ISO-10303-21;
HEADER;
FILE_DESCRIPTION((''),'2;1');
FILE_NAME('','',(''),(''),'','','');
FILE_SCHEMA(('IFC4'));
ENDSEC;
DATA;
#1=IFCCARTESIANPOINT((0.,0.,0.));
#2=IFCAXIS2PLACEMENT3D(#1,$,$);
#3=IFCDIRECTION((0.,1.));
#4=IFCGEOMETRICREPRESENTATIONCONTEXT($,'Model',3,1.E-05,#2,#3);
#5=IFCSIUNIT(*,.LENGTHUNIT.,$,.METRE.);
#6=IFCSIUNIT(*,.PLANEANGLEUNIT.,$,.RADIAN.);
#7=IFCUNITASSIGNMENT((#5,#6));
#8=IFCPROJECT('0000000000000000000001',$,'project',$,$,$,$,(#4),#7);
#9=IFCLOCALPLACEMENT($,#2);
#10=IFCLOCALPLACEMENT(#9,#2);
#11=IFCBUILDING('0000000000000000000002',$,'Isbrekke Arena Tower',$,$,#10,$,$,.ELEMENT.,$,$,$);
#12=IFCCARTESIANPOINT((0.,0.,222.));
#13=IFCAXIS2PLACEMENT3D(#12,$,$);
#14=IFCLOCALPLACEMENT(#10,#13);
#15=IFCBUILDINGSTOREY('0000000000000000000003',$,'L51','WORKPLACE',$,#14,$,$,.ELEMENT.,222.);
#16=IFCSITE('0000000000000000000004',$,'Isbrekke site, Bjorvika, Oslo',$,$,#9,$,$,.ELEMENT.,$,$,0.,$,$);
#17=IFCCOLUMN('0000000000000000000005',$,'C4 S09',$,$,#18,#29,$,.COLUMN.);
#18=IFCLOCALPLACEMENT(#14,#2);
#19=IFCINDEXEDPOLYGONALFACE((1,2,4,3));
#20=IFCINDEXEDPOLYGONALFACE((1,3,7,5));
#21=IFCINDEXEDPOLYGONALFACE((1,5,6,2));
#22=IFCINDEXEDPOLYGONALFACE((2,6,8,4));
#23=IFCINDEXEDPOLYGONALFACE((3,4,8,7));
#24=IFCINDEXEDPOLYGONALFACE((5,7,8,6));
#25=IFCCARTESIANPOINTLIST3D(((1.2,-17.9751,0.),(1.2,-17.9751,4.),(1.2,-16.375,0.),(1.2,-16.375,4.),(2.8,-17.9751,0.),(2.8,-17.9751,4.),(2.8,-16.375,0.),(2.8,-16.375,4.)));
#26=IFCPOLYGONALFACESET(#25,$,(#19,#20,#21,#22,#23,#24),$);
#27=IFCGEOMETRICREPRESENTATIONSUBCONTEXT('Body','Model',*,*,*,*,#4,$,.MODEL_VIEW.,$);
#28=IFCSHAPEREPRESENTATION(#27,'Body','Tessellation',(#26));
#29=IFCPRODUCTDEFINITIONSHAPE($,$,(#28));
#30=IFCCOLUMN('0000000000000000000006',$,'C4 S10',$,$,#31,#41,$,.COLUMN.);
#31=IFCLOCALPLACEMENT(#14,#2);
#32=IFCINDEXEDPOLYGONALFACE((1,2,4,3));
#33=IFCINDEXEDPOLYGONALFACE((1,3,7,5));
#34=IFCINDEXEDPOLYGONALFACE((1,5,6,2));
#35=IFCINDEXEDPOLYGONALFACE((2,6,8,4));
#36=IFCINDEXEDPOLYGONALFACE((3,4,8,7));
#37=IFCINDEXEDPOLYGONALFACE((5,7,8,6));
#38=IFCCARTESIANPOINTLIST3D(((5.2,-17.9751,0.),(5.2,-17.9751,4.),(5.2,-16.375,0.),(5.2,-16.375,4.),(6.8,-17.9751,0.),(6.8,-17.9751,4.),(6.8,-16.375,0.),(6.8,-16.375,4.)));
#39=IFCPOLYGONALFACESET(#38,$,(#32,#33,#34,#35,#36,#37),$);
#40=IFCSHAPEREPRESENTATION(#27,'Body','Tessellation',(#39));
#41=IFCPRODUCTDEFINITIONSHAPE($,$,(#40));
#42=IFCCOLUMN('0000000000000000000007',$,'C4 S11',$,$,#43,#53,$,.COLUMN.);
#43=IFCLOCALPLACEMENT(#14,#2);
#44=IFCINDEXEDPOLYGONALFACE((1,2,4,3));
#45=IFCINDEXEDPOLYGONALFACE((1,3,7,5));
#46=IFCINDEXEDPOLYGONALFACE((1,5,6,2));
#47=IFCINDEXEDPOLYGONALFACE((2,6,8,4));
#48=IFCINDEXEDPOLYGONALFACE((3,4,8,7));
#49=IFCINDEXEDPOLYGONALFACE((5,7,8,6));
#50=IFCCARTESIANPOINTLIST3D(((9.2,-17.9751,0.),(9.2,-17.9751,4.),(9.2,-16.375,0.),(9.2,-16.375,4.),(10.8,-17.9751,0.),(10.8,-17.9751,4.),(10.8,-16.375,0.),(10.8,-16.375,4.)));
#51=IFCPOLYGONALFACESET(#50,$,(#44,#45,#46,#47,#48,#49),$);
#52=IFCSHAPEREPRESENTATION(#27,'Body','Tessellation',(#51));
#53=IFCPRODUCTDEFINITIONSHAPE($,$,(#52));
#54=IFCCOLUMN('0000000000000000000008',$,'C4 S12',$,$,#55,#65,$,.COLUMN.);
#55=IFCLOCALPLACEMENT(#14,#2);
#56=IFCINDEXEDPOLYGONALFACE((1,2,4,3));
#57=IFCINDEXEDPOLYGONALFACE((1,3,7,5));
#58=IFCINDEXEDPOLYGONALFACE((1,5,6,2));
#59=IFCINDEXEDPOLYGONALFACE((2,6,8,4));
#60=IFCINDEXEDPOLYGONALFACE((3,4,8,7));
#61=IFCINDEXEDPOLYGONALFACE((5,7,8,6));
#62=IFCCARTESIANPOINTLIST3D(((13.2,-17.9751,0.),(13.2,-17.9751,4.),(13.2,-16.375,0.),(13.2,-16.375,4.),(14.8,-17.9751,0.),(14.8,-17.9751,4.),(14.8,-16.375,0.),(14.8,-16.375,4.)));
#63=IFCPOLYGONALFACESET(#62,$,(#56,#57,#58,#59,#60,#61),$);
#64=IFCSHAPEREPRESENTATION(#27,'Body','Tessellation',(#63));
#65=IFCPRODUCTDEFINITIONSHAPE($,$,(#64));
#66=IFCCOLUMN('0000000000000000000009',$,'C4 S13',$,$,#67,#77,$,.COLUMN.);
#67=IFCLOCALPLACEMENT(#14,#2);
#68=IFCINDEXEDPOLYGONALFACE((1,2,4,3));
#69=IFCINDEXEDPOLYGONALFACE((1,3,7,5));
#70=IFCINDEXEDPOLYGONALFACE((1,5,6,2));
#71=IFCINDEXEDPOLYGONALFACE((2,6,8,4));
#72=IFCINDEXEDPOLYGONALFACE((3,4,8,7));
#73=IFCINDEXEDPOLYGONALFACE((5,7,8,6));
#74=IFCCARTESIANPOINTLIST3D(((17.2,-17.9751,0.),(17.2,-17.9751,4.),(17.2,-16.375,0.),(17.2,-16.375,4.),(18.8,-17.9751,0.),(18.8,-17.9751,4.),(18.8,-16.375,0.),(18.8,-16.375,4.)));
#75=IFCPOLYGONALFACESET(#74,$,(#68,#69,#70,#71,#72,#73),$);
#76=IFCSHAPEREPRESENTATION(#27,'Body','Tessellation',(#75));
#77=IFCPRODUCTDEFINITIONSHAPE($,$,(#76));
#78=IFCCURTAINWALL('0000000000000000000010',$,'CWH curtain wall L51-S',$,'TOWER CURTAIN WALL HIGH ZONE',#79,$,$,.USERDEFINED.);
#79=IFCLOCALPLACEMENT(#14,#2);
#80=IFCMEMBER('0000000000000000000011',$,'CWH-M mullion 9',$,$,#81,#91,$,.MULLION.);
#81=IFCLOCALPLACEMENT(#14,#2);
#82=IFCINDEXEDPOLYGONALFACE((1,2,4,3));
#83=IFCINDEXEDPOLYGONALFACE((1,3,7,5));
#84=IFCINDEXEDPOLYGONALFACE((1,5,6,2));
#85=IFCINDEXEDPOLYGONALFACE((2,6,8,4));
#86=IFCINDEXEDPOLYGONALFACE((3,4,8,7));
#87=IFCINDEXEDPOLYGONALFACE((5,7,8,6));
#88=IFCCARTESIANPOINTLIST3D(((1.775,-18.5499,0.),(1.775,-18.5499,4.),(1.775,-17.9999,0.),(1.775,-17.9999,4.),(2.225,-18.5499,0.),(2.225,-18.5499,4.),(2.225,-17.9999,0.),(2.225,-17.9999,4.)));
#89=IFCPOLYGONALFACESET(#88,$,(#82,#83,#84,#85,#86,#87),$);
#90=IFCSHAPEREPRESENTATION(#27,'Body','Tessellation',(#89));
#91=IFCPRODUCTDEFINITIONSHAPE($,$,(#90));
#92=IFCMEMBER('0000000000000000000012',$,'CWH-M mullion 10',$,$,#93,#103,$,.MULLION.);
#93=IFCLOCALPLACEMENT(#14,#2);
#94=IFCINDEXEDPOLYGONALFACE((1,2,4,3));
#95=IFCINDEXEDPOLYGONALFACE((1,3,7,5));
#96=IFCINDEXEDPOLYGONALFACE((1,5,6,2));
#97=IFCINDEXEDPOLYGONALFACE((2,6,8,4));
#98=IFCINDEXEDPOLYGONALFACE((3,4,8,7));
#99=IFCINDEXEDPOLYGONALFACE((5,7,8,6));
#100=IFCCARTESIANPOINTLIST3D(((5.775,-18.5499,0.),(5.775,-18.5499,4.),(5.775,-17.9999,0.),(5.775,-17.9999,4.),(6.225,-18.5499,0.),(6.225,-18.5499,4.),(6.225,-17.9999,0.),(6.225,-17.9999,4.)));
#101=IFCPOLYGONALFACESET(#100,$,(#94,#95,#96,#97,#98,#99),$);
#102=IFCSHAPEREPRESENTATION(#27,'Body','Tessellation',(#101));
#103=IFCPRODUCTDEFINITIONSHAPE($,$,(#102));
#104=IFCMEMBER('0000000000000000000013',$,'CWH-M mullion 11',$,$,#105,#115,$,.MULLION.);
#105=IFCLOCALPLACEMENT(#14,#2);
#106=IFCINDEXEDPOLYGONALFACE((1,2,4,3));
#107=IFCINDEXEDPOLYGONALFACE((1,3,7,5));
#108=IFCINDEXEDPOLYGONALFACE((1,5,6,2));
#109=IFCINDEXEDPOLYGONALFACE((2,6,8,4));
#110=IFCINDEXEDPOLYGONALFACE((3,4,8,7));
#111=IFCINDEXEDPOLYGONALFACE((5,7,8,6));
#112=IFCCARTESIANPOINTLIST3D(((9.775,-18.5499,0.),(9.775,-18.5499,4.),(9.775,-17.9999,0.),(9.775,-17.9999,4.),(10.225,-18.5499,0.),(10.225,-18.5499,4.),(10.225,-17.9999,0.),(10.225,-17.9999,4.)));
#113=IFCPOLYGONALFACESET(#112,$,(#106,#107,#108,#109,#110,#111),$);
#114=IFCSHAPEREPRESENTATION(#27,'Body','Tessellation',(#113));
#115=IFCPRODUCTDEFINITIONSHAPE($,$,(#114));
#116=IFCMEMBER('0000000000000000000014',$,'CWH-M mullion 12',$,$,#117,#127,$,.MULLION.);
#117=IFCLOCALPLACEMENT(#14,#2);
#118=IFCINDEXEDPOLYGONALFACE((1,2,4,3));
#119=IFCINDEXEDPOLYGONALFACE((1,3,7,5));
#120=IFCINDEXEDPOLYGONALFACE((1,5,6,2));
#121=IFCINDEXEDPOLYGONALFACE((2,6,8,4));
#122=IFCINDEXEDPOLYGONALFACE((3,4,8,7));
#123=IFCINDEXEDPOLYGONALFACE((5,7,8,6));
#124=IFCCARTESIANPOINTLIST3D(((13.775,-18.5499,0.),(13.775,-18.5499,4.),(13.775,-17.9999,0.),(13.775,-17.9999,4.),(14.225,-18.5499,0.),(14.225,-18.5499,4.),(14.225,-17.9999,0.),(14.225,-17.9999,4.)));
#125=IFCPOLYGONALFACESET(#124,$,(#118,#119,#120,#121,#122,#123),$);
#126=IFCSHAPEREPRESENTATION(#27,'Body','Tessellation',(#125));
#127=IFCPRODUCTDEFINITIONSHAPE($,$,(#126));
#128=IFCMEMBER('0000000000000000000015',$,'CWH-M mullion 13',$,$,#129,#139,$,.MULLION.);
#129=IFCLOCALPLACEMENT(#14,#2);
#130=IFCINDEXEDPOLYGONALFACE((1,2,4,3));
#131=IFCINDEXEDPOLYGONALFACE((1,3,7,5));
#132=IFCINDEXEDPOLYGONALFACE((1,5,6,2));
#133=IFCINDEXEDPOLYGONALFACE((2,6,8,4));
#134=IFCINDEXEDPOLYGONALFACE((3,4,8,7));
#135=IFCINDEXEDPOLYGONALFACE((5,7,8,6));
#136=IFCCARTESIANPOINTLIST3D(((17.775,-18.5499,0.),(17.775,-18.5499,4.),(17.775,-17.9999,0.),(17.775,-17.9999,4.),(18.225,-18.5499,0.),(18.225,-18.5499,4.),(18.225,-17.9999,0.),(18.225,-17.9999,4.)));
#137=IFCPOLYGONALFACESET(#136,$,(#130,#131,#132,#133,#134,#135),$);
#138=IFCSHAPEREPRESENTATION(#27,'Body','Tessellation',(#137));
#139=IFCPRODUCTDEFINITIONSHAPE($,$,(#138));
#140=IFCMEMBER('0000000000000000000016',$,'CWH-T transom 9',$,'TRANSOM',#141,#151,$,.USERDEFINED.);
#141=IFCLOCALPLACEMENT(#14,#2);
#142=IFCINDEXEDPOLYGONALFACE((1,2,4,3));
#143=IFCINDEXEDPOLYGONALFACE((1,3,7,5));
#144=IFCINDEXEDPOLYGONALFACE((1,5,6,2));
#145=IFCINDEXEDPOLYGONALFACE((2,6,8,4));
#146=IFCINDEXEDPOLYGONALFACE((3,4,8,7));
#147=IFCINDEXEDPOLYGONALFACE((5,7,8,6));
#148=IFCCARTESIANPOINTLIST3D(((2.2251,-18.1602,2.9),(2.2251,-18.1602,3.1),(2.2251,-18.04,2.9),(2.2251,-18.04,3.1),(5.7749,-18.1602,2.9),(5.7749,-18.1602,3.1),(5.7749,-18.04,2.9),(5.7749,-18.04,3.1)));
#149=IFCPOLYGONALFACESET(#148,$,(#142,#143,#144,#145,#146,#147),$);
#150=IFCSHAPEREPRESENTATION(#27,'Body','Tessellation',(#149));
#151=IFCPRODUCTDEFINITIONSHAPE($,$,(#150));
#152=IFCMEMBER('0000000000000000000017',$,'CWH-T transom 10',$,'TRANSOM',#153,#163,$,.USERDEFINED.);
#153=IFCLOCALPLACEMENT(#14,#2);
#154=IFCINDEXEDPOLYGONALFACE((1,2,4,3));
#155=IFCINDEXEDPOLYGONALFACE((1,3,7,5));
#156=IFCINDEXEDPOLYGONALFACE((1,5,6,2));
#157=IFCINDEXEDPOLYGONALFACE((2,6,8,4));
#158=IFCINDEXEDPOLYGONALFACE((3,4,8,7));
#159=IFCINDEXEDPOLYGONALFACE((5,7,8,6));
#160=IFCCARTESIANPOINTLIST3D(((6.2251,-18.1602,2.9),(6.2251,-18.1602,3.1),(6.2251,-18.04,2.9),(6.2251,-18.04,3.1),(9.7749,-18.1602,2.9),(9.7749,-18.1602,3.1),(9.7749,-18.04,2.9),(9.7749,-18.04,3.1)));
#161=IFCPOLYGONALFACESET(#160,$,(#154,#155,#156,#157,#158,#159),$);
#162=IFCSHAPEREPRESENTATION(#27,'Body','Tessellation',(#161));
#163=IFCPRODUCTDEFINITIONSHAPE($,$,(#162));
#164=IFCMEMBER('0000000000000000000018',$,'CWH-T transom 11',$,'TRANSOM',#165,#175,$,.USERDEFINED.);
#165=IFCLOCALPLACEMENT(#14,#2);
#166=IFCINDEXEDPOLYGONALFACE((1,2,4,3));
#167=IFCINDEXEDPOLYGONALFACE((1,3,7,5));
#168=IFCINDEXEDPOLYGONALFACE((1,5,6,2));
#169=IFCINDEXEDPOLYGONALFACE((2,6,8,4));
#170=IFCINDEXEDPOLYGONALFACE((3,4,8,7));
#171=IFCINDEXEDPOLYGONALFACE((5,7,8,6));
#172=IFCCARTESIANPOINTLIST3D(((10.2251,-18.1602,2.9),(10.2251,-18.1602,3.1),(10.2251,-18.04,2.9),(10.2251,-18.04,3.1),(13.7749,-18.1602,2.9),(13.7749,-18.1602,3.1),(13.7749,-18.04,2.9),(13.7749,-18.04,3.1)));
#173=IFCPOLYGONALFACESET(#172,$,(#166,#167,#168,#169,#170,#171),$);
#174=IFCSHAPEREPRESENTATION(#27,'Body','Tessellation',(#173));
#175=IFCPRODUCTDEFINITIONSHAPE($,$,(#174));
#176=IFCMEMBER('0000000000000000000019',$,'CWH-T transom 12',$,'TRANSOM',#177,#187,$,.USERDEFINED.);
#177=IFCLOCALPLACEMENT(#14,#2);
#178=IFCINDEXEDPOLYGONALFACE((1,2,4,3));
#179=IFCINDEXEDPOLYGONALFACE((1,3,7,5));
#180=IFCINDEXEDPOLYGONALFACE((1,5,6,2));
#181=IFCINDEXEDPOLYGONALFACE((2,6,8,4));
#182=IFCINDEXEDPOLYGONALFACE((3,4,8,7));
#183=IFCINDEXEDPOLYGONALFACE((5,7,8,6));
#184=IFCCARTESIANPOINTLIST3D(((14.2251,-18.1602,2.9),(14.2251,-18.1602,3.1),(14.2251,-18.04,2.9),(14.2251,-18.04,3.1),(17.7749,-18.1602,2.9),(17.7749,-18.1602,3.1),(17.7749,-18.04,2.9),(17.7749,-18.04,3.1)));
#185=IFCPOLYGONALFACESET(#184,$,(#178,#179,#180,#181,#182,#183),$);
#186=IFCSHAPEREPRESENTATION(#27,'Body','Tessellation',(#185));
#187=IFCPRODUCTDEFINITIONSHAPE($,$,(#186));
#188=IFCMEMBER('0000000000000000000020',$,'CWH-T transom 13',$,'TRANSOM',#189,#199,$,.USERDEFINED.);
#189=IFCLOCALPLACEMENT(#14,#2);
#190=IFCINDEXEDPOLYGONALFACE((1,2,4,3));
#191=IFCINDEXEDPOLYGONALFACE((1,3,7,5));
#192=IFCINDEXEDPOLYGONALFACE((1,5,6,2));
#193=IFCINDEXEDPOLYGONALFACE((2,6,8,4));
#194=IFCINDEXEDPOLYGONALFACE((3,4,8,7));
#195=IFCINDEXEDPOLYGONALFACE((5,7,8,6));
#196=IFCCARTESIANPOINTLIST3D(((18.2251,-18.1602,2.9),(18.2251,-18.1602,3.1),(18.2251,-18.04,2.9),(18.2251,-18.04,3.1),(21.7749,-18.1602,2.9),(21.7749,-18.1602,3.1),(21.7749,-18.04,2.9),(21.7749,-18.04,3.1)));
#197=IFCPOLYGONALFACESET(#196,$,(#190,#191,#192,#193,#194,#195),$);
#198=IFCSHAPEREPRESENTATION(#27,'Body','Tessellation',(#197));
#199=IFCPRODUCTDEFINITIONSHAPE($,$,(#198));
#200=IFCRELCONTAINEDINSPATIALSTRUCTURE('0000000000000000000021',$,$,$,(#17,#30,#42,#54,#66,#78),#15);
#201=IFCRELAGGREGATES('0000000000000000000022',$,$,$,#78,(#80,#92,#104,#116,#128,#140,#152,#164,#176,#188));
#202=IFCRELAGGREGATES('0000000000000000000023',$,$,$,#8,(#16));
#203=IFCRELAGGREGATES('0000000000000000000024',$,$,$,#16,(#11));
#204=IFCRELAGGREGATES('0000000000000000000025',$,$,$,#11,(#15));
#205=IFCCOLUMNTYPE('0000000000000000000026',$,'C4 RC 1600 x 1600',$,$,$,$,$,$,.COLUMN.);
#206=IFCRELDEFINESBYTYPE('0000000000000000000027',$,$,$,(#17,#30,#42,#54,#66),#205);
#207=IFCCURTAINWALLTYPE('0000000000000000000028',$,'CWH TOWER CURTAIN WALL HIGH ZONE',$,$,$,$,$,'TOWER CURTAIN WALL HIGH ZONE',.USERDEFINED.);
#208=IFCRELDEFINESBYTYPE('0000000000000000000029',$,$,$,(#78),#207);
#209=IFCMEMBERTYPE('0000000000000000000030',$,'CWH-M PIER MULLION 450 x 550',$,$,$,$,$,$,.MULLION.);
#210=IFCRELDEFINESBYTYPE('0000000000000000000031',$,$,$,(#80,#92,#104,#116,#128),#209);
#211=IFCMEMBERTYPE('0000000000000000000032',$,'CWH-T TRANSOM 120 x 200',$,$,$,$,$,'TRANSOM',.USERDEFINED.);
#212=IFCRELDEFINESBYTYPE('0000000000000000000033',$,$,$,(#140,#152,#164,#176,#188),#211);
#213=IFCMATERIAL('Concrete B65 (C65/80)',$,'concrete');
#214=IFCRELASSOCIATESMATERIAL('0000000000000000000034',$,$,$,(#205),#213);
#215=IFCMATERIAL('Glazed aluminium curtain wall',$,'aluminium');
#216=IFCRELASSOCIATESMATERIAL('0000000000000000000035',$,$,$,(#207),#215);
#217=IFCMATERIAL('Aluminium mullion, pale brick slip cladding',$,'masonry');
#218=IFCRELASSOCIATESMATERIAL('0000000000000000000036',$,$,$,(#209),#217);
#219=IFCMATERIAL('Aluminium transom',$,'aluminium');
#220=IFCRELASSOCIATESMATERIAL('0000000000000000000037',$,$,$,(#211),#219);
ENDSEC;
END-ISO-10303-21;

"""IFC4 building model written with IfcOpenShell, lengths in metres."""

from ifc_helpers import new_model, si_unit, direction, frame, origin, origin_2d, place, context, subcontext, project, spatial, rectangle, extrude, material, material_profile, profile_set, type_object, element, aggregate, save


model = new_model("IFC4")

# Units and contexts
model_context = context("Model", 3, precision=1e-05, world=origin(), true_north=direction((0.0, 1.0)))
body_context = subcontext(model_context, "Body", "Model", "MODEL_VIEW")
ifc_project = project(units=[si_unit("LENGTHUNIT", "METRE"), si_unit("PLANEANGLEUNIT", "RADIAN")], contexts=[model_context])

# Site, building, storey
site_placement = place(None, origin())
site = spatial("IfcSite", under=ifc_project, at=site_placement, Name="Isbrekke site, Bjorvika, Oslo", CompositionType="ELEMENT", RefElevation=0.0)
building_placement = place(site_placement, origin())
building = spatial("IfcBuilding", under=site, at=building_placement, Name="Isbrekke Arena Tower", CompositionType="ELEMENT")
storey_placement = place(building_placement, frame((0.0, 0.0, 222.0)))
storey = spatial("IfcBuildingStorey", under=building, at=storey_placement, Name="L51", Description="WORKPLACE", CompositionType="ELEMENT", Elevation=222.0)

# Columns
ifc_material_1 = material(Name="Concrete B65 (C65/80)", Category="concrete")
ifc_material_profile_1 = material_profile(ifc_material_1, rectangle(XDim=1.6001, YDim=1.6001, at=origin_2d()), Name="RC 1600x1600")
ifc_profile_set_1 = profile_set([ifc_material_profile_1], Name="Concrete B65 (C65/80)")
column_type = type_object("IfcColumnType", Name="C4 RC 1600 x 1600", PredefinedType="COLUMN", material=ifc_profile_set_1)
for number, where, z_axis, x_axis, name in (
    (1, (2.0, -17.175, 0.0), (0.0, 0.0, 1.0), (1.0, 0.0, 0.0), "C4 S09"),
    (2, (6.0, -17.175, 0.0), (0.0, 0.0, 1.0), (1.0, 0.0, 0.0), "C4 S10"),
    (3, (10.0, -17.175, 0.0), (0.0, 0.0, 1.0), (1.0, 0.0, 0.0), "C4 S11"),
    (4, (14.0, -17.175, 0.0), (0.0, 0.0, 1.0), (1.0, 0.0, 0.0), "C4 S12"),
    (5, (18.0, -17.175, 0.0), (0.0, 0.0, 1.0), (1.0, 0.0, 0.0), "C4 S13"),
):
    element("IfcColumn", number, at=place(storey_placement, frame(where, z_axis=z_axis, x_axis=x_axis)), inside=storey, type_object=column_type, Name=name, PredefinedType="COLUMN", context=body_context, shape_type="SweptSolid", body=[
        extrude(rectangle(XDim=1.6001, YDim=1.6001, at=origin_2d()), origin(), (0.0, 0.0, 1.0), 4.0),
    ])

# Curtain wall, members
ifc_material_2 = material(Name="Glazed aluminium curtain wall", Category="aluminium")
curtain_wall_type = type_object("IfcCurtainWallType", Name="CWH TOWER CURTAIN WALL HIGH ZONE", ElementType="TOWER CURTAIN WALL HIGH ZONE", PredefinedType="USERDEFINED", material=ifc_material_2)
curtain_wall_placement = place(storey_placement, origin())
curtain_wall = element("IfcCurtainWall", 6, at=curtain_wall_placement, inside=storey, type_object=curtain_wall_type, Name="CWH curtain wall L51-S", ObjectType="TOWER CURTAIN WALL HIGH ZONE", PredefinedType="USERDEFINED")
ifc_material_3 = material(Name="Aluminium mullion, pale brick slip cladding", Category="masonry")
ifc_material_profile_2 = material_profile(ifc_material_3, rectangle(XDim=0.45, YDim=0.55, at=origin_2d()), Name="PIER 450X550")
ifc_profile_set_2 = profile_set([ifc_material_profile_2], Name="Aluminium mullion, pale brick slip cladding")
member_type_1 = type_object("IfcMemberType", Name="CWH-M PIER MULLION 450 x 550", PredefinedType="MULLION", material=ifc_profile_set_2)
member_1_placement = place(storey_placement, frame((2.0, -18.2749, 0.0), z_axis=(0.0, 0.0, 1.0), x_axis=(1.0, 0.0, 0.0)))
member_1 = element("IfcMember", 7, at=member_1_placement, type_object=member_type_1, Name="CWH-M mullion 9", PredefinedType="MULLION", context=body_context, shape_type="SweptSolid", body=[
    extrude(rectangle(XDim=0.45, YDim=0.55, at=origin_2d()), origin(), (0.0, 0.0, 1.0), 4.0),
])
member_2_placement = place(storey_placement, frame((6.0, -18.2749, 0.0), z_axis=(0.0, 0.0, 1.0), x_axis=(1.0, 0.0, 0.0)))
member_2 = element("IfcMember", 8, at=member_2_placement, type_object=member_type_1, Name="CWH-M mullion 10", PredefinedType="MULLION", context=body_context, shape_type="SweptSolid", body=[
    extrude(rectangle(XDim=0.45, YDim=0.55, at=origin_2d()), origin(), (0.0, 0.0, 1.0), 4.0),
])
member_3_placement = place(storey_placement, frame((10.0, -18.2749, 0.0), z_axis=(0.0, 0.0, 1.0), x_axis=(1.0, 0.0, 0.0)))
member_3 = element("IfcMember", 9, at=member_3_placement, type_object=member_type_1, Name="CWH-M mullion 11", PredefinedType="MULLION", context=body_context, shape_type="SweptSolid", body=[
    extrude(rectangle(XDim=0.45, YDim=0.55, at=origin_2d()), origin(), (0.0, 0.0, 1.0), 4.0),
])
member_4_placement = place(storey_placement, frame((14.0, -18.2749, 0.0), z_axis=(0.0, 0.0, 1.0), x_axis=(1.0, 0.0, 0.0)))
member_4 = element("IfcMember", 10, at=member_4_placement, type_object=member_type_1, Name="CWH-M mullion 12", PredefinedType="MULLION", context=body_context, shape_type="SweptSolid", body=[
    extrude(rectangle(XDim=0.45, YDim=0.55, at=origin_2d()), origin(), (0.0, 0.0, 1.0), 4.0),
])
member_5_placement = place(storey_placement, frame((18.0, -18.2749, 0.0), z_axis=(0.0, 0.0, 1.0), x_axis=(1.0, 0.0, 0.0)))
member_5 = element("IfcMember", 11, at=member_5_placement, type_object=member_type_1, Name="CWH-M mullion 13", PredefinedType="MULLION", context=body_context, shape_type="SweptSolid", body=[
    extrude(rectangle(XDim=0.45, YDim=0.55, at=origin_2d()), origin(), (0.0, 0.0, 1.0), 4.0),
])
ifc_material_4 = material(Name="Aluminium transom", Category="aluminium")
ifc_material_profile_3 = material_profile(ifc_material_4, rectangle(XDim=0.1201, YDim=0.2, at=origin_2d()), Name="TRANSOM 120X200")
ifc_profile_set_3 = profile_set([ifc_material_profile_3], Name="Aluminium transom")
member_type_2 = type_object("IfcMemberType", Name="CWH-T TRANSOM 120 x 200", ElementType="TRANSOM", PredefinedType="USERDEFINED", material=ifc_profile_set_3)
member_6_placement = place(storey_placement, frame((2.2251, -18.1001, 3.0), z_axis=(1.0, 0.0, 0.0), x_axis=(0.0, 1.0, 0.0)))
member_6 = element("IfcMember", 12, at=member_6_placement, type_object=member_type_2, Name="CWH-T transom 9", ObjectType="TRANSOM", PredefinedType="USERDEFINED", context=body_context, shape_type="SweptSolid", body=[
    extrude(rectangle(XDim=0.1201, YDim=0.2, at=origin_2d()), origin(), (0.0, 0.0, 1.0), 3.5498),
])
member_7_placement = place(storey_placement, frame((6.2251, -18.1001, 3.0), z_axis=(1.0, 0.0, 0.0), x_axis=(0.0, 1.0, 0.0)))
member_7 = element("IfcMember", 13, at=member_7_placement, type_object=member_type_2, Name="CWH-T transom 10", ObjectType="TRANSOM", PredefinedType="USERDEFINED", context=body_context, shape_type="SweptSolid", body=[
    extrude(rectangle(XDim=0.1201, YDim=0.2, at=origin_2d()), origin(), (0.0, 0.0, 1.0), 3.5498),
])
member_8_placement = place(storey_placement, frame((10.2251, -18.1001, 3.0), z_axis=(1.0, 0.0, 0.0), x_axis=(0.0, 1.0, 0.0)))
member_8 = element("IfcMember", 14, at=member_8_placement, type_object=member_type_2, Name="CWH-T transom 11", ObjectType="TRANSOM", PredefinedType="USERDEFINED", context=body_context, shape_type="SweptSolid", body=[
    extrude(rectangle(XDim=0.1201, YDim=0.2, at=origin_2d()), origin(), (0.0, 0.0, 1.0), 3.5498),
])
member_9_placement = place(storey_placement, frame((14.2251, -18.1001, 3.0), z_axis=(1.0, 0.0, 0.0), x_axis=(0.0, 1.0, 0.0)))
member_9 = element("IfcMember", 15, at=member_9_placement, type_object=member_type_2, Name="CWH-T transom 12", ObjectType="TRANSOM", PredefinedType="USERDEFINED", context=body_context, shape_type="SweptSolid", body=[
    extrude(rectangle(XDim=0.1201, YDim=0.2, at=origin_2d()), origin(), (0.0, 0.0, 1.0), 3.5498),
])
member_10_placement = place(storey_placement, frame((18.2251, -18.1001, 3.0), z_axis=(1.0, 0.0, 0.0), x_axis=(0.0, 1.0, 0.0)))
member_10 = element("IfcMember", 16, at=member_10_placement, type_object=member_type_2, Name="CWH-T transom 13", ObjectType="TRANSOM", PredefinedType="USERDEFINED", context=body_context, shape_type="SweptSolid", body=[
    extrude(rectangle(XDim=0.1201, YDim=0.2, at=origin_2d()), origin(), (0.0, 0.0, 1.0), 3.5498),
])

aggregate(curtain_wall, [member_1, member_2, member_3, member_4, member_5, member_6, member_7, member_8, member_9, member_10])

save(model, "model.ifc")
